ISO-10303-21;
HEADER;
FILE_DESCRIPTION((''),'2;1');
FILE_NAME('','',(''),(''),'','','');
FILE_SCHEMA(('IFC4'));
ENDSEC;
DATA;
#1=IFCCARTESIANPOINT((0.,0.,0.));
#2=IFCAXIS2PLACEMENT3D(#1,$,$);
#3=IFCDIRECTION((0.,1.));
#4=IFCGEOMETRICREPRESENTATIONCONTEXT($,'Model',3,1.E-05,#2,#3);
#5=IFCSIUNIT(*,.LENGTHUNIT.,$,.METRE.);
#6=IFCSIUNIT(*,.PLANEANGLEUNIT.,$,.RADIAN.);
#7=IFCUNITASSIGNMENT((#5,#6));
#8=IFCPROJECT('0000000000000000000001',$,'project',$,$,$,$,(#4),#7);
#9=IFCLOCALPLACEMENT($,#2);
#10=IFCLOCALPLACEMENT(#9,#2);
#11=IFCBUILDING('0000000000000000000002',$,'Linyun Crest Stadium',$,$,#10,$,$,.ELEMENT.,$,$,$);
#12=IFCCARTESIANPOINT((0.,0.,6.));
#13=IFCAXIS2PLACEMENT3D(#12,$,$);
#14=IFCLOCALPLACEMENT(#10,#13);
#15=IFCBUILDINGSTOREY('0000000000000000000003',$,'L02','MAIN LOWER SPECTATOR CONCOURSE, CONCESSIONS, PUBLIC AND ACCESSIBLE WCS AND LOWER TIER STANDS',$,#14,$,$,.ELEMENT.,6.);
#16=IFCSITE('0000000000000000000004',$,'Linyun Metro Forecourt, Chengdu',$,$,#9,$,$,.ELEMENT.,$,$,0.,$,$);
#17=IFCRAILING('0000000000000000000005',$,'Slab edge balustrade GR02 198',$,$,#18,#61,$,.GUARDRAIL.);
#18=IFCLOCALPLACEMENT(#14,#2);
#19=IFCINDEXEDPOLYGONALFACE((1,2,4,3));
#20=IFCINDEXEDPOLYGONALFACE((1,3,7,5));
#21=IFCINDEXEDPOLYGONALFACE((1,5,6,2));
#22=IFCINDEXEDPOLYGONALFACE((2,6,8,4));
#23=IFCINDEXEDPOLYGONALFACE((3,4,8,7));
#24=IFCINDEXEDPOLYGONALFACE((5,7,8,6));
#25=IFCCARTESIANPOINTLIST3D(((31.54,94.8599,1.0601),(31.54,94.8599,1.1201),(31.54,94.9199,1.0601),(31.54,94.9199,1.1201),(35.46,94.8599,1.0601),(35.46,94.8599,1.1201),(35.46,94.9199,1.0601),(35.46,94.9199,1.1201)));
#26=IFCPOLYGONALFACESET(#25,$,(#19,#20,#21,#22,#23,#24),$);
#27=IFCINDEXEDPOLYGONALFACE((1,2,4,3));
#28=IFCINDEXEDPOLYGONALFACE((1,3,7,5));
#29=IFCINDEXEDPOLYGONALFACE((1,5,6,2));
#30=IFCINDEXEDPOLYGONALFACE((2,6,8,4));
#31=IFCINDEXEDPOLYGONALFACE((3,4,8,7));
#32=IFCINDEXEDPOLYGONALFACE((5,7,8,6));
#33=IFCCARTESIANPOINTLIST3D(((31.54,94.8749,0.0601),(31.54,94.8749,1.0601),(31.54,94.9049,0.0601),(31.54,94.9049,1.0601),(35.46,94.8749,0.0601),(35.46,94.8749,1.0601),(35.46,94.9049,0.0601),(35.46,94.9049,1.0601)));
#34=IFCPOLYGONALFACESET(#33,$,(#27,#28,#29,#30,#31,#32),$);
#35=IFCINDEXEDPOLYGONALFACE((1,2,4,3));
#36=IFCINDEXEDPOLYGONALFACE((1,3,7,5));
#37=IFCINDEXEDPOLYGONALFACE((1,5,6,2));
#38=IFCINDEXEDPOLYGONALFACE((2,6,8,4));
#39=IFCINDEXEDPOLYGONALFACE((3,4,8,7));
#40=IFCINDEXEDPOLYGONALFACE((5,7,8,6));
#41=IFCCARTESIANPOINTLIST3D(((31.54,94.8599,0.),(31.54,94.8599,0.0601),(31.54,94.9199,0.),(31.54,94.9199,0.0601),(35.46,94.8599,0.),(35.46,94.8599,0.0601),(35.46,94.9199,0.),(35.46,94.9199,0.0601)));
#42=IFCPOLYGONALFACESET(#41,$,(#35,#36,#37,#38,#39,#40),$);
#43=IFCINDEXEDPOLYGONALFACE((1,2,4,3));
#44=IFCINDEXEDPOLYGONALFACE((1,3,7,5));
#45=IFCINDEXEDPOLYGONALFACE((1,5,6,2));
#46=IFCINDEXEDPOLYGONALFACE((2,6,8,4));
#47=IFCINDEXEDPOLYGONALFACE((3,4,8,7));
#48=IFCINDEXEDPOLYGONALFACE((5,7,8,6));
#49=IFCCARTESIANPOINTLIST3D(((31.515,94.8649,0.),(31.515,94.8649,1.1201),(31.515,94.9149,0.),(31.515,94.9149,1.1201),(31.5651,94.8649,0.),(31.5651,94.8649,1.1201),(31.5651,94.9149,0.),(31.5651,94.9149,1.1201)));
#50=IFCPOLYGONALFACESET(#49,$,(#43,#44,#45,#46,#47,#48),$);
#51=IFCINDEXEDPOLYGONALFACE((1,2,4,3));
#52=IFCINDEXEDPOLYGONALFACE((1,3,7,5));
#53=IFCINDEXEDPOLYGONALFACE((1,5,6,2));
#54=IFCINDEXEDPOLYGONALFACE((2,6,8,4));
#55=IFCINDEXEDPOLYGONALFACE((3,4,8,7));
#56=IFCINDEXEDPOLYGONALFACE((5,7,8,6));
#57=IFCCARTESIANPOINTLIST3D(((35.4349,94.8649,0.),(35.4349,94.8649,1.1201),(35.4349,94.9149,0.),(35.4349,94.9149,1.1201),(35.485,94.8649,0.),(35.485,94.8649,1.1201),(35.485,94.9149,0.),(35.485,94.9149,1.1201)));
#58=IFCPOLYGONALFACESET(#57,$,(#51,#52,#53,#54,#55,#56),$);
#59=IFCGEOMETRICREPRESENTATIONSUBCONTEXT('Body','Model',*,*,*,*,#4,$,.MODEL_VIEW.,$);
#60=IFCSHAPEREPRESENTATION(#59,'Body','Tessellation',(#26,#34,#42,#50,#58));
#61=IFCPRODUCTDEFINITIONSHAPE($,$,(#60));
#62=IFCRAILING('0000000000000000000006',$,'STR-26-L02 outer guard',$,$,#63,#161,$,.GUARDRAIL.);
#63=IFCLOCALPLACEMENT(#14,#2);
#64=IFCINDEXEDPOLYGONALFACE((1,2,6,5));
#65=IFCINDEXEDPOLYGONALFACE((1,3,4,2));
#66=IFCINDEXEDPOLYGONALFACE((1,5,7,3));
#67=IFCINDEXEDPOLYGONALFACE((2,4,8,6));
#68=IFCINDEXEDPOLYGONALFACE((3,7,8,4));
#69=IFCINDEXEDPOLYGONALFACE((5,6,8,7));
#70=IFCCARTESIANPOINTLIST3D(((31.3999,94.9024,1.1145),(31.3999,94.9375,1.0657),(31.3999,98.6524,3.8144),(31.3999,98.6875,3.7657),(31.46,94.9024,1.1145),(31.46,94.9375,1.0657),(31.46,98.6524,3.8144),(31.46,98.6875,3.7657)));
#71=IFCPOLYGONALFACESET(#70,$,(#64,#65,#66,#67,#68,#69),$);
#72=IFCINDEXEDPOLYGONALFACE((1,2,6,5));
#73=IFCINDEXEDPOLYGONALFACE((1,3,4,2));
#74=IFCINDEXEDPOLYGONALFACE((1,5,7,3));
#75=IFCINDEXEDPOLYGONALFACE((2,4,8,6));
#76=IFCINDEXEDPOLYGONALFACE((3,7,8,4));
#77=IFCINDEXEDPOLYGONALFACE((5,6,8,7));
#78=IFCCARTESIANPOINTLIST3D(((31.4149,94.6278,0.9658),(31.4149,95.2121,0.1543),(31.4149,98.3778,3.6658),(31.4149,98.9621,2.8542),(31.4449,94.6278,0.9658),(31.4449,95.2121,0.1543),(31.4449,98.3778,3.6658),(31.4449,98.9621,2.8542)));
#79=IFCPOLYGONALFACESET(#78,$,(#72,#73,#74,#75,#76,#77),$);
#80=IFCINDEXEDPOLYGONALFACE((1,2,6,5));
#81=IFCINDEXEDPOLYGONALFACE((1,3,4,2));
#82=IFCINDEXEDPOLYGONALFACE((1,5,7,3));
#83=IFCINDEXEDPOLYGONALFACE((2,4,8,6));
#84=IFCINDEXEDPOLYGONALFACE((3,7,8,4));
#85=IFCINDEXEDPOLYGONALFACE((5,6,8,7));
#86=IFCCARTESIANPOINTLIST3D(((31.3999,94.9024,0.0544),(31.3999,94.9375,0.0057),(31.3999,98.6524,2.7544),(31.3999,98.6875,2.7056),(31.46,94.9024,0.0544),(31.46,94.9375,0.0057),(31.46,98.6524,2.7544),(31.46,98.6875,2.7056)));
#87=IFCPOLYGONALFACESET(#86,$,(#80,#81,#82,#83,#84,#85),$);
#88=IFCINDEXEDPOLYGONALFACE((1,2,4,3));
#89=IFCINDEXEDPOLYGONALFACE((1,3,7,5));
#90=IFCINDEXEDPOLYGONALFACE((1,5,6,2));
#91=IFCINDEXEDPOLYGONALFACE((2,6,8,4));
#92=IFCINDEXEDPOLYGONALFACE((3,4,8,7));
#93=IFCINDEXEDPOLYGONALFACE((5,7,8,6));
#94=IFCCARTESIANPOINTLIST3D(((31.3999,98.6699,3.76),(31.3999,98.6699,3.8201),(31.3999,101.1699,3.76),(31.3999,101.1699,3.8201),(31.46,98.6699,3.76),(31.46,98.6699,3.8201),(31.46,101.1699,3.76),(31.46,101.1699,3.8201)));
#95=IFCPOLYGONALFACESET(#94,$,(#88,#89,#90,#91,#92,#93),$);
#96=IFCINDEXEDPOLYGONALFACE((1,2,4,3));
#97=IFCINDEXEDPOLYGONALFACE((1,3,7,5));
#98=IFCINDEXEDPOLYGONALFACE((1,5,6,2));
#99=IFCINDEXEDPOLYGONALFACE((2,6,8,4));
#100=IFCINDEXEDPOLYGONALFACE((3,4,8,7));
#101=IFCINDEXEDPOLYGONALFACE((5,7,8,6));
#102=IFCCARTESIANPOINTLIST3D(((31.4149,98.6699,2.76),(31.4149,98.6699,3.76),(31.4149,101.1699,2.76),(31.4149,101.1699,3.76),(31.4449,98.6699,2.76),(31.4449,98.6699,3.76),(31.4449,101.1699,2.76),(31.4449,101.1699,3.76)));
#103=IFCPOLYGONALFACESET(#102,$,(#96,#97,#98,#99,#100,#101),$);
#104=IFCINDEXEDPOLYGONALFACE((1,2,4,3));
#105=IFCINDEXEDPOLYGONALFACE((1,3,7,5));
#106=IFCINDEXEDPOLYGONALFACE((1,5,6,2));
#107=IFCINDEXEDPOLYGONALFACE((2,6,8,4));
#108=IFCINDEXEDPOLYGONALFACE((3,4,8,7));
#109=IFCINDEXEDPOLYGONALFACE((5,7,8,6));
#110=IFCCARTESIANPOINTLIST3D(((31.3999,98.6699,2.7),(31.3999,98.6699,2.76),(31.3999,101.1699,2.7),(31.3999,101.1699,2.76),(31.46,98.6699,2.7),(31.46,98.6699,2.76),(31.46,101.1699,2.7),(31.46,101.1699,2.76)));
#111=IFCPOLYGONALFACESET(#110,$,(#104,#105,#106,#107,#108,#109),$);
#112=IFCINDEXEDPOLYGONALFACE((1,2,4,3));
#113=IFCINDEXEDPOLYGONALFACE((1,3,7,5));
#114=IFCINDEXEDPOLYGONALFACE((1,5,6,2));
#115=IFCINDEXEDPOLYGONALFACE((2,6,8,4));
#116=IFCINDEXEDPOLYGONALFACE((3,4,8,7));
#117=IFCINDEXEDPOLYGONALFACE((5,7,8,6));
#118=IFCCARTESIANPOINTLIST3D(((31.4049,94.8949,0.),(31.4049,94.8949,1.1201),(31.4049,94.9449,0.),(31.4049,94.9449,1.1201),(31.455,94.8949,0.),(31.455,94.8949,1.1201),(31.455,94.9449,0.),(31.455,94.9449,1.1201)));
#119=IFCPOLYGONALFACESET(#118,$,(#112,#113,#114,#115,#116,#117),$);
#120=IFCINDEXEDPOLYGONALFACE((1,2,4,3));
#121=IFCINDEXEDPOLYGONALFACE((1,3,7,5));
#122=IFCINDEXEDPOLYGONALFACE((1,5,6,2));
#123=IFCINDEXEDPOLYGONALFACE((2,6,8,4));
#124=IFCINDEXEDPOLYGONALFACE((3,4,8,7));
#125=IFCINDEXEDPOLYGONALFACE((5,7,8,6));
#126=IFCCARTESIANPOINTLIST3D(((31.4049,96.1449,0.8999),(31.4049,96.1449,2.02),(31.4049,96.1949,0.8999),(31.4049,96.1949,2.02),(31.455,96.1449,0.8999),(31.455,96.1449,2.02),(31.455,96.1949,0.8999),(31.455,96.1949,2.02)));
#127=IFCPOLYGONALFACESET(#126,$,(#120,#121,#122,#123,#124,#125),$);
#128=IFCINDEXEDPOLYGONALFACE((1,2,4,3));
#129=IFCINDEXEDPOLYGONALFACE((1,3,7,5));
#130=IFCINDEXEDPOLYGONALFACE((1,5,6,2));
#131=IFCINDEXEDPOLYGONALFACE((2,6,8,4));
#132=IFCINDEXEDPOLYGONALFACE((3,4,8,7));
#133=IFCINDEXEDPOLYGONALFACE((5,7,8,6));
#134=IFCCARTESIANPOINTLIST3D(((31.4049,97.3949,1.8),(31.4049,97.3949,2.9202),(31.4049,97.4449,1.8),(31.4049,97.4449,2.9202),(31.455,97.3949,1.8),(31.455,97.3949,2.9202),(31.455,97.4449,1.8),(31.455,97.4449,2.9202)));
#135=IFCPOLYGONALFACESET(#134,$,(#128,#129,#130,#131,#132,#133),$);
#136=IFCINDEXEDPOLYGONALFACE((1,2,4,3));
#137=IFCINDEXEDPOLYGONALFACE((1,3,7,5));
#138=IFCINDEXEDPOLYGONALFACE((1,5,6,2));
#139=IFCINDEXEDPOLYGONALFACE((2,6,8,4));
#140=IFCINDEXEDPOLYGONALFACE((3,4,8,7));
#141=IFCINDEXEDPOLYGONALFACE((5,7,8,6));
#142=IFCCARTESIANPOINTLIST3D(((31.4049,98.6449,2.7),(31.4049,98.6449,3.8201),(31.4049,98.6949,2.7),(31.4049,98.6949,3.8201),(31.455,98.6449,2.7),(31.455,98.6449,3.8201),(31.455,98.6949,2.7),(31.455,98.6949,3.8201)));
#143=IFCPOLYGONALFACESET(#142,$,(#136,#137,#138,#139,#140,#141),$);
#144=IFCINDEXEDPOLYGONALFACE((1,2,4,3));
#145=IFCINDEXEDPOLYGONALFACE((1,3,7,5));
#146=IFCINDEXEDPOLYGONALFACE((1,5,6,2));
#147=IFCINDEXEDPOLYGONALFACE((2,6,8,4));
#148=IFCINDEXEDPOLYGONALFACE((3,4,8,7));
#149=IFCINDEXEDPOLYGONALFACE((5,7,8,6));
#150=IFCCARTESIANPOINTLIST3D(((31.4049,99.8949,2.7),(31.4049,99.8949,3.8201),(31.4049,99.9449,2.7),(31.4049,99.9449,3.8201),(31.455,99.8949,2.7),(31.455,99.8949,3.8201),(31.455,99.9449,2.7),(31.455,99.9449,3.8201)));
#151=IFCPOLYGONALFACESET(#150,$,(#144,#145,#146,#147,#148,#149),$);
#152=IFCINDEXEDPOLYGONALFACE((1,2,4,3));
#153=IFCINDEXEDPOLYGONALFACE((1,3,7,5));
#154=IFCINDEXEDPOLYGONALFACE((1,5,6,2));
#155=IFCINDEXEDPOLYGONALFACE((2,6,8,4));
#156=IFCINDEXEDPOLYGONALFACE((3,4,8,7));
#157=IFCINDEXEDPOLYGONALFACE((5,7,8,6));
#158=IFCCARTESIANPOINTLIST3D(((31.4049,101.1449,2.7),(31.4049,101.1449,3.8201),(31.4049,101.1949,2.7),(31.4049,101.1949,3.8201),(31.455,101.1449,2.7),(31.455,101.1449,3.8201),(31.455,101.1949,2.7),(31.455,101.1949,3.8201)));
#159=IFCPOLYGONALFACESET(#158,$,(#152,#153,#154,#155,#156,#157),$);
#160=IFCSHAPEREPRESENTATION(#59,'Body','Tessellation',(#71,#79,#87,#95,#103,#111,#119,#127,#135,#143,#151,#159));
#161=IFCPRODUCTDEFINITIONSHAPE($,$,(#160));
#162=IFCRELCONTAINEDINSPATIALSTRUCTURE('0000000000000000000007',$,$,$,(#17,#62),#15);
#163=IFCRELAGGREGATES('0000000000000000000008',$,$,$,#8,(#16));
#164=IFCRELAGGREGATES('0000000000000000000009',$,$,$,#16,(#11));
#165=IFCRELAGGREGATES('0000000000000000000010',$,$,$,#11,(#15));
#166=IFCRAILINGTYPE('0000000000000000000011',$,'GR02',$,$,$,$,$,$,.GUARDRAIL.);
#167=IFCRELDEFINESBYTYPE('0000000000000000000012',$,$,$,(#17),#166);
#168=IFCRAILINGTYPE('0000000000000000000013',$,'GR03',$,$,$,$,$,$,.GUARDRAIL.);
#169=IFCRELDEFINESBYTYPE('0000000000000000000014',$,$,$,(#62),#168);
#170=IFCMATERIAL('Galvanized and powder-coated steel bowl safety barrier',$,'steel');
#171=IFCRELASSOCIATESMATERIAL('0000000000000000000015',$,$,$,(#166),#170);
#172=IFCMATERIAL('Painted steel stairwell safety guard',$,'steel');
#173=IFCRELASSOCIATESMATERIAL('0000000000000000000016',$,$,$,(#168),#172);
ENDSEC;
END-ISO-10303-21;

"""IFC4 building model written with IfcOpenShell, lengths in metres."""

from ifc_helpers import new_model, si_unit, direction, frame, origin, origin_2d, place, context, subcontext, project, spatial, rectangle, extrude, material, type_object, element, save


model = new_model("IFC4")

# Units and contexts
model_context = context("Model", 3, precision=1e-05, world=origin(), true_north=direction((0.0, 1.0)))
body_context = subcontext(model_context, "Body", "Model", "MODEL_VIEW")
ifc_project = project(units=[si_unit("LENGTHUNIT", "METRE"), si_unit("PLANEANGLEUNIT", "RADIAN")], contexts=[model_context])

# Site, building, storey
site_placement = place(None, origin())
site = spatial("IfcSite", under=ifc_project, at=site_placement, Name="Linyun Metro Forecourt, Chengdu", CompositionType="ELEMENT", RefElevation=0.0)
building_placement = place(site_placement, origin())
building = spatial("IfcBuilding", under=site, at=building_placement, Name="Linyun Crest Stadium", CompositionType="ELEMENT")
storey_placement = place(building_placement, frame((0.0, 0.0, 6.0)))
storey = spatial("IfcBuildingStorey", under=building, at=storey_placement, Name="L02", Description="MAIN LOWER SPECTATOR CONCOURSE, CONCESSIONS, PUBLIC AND ACCESSIBLE WCS AND LOWER TIER STANDS", CompositionType="ELEMENT", Elevation=6.0)

# Railings
ifc_material_1 = material(Name="Galvanized and powder-coated steel bowl safety barrier", Category="steel")
railing_type_1 = type_object("IfcRailingType", Name="GR02", PredefinedType="GUARDRAIL", material=ifc_material_1)
railing_1_placement = place(storey_placement, frame((31.54, 94.8899, 0.0)))
element("IfcRailing", 1, at=railing_1_placement, inside=storey, type_object=railing_type_1, Name="Slab edge balustrade GR02 198", PredefinedType="GUARDRAIL", context=body_context, shape_type="SweptSolid", body=[
    extrude(rectangle(XDim=0.0601, YDim=0.0601, at=origin_2d()), frame((0.0, 0.0, 1.0901), z_axis=(1.0, 0.0, 0.0), x_axis=(0.0, 1.0, 0.0)), (0.0, 0.0, 1.0), 3.9199),
    extrude(rectangle(XDim=0.03, YDim=1.0, at=origin_2d()), frame((0.0, 0.0, 0.5601), z_axis=(1.0, 0.0, 0.0), x_axis=(0.0, 1.0, 0.0)), (0.0, 0.0, 1.0), 3.9199),
    extrude(rectangle(XDim=0.0601, YDim=0.0601, at=origin_2d()), frame((0.0, 0.0, 0.03), z_axis=(1.0, 0.0, 0.0), x_axis=(0.0, 1.0, 0.0)), (0.0, 0.0, 1.0), 3.9199),
    extrude(rectangle(XDim=0.05, YDim=0.05, at=origin_2d()), origin(), (0.0, 0.0, 1.0), 1.1201),
    extrude(rectangle(XDim=0.05, YDim=0.05, at=origin_2d()), frame((3.9199, 0.0, 0.0)), (0.0, 0.0, 1.0), 1.1201),
])
ifc_material_2 = material(Name="Painted steel stairwell safety guard", Category="steel")
railing_type_2 = type_object("IfcRailingType", Name="GR03", PredefinedType="GUARDRAIL", material=ifc_material_2)
railing_2_placement = place(storey_placement, frame((31.4299, 94.9199, 0.0)))
element("IfcRailing", 2, at=railing_2_placement, inside=storey, type_object=railing_type_2, Name="STR-26-L02 outer guard", PredefinedType="GUARDRAIL", context=body_context, shape_type="SweptSolid", body=[
    extrude(rectangle(XDim=0.0601, YDim=0.0601, at=origin_2d()), frame((0.0, 0.0, 1.0901), z_axis=(0.0, 0.811539, 0.584298), x_axis=(-1.0, 0.0, 0.0)), (0.0, 0.0, 1.0), 4.6208),
    extrude(rectangle(XDim=0.03, YDim=1.0, at=origin_2d()), frame((0.0, 0.0, 0.5601), z_axis=(0.0, 0.811539, 0.584298), x_axis=(-1.0, 0.0, 0.0)), (0.0, 0.0, 1.0), 4.6208),
    extrude(rectangle(XDim=0.0601, YDim=0.0601, at=origin_2d()), frame((0.0, 0.0, 0.03), z_axis=(0.0, 0.811539, 0.584298), x_axis=(-1.0, 0.0, 0.0)), (0.0, 0.0, 1.0), 4.6208),
    extrude(rectangle(XDim=0.0601, YDim=0.0601, at=origin_2d()), frame((0.0, 3.75, 3.79), z_axis=(0.0, 1.0, 0.0), x_axis=(-1.0, 0.0, 0.0)), (0.0, 0.0, 1.0), 2.5),
    extrude(rectangle(XDim=0.03, YDim=1.0, at=origin_2d()), frame((0.0, 3.75, 3.26), z_axis=(0.0, 1.0, 0.0), x_axis=(-1.0, 0.0, 0.0)), (0.0, 0.0, 1.0), 2.5),
    extrude(rectangle(XDim=0.0601, YDim=0.0601, at=origin_2d()), frame((0.0, 3.75, 2.73), z_axis=(0.0, 1.0, 0.0), x_axis=(-1.0, 0.0, 0.0)), (0.0, 0.0, 1.0), 2.5),
    extrude(rectangle(XDim=0.05, YDim=0.05, at=origin_2d()), origin(), (0.0, 0.0, 1.0), 1.1201),
    extrude(rectangle(XDim=0.05, YDim=0.05, at=origin_2d()), frame((0.0, 1.25, 0.8999)), (0.0, 0.0, 1.0), 1.1201),
    extrude(rectangle(XDim=0.05, YDim=0.05, at=origin_2d()), frame((0.0, 2.5, 1.8)), (0.0, 0.0, 1.0), 1.1201),
    extrude(rectangle(XDim=0.05, YDim=0.05, at=origin_2d()), frame((0.0, 3.75, 2.7)), (0.0, 0.0, 1.0), 1.1201),
    extrude(rectangle(XDim=0.05, YDim=0.05, at=origin_2d()), frame((0.0, 5.0, 2.7)), (0.0, 0.0, 1.0), 1.1201),
    extrude(rectangle(XDim=0.05, YDim=0.05, at=origin_2d()), frame((0.0, 6.25, 2.7)), (0.0, 0.0, 1.0), 1.1201),
])

save(model, "model.ifc")
